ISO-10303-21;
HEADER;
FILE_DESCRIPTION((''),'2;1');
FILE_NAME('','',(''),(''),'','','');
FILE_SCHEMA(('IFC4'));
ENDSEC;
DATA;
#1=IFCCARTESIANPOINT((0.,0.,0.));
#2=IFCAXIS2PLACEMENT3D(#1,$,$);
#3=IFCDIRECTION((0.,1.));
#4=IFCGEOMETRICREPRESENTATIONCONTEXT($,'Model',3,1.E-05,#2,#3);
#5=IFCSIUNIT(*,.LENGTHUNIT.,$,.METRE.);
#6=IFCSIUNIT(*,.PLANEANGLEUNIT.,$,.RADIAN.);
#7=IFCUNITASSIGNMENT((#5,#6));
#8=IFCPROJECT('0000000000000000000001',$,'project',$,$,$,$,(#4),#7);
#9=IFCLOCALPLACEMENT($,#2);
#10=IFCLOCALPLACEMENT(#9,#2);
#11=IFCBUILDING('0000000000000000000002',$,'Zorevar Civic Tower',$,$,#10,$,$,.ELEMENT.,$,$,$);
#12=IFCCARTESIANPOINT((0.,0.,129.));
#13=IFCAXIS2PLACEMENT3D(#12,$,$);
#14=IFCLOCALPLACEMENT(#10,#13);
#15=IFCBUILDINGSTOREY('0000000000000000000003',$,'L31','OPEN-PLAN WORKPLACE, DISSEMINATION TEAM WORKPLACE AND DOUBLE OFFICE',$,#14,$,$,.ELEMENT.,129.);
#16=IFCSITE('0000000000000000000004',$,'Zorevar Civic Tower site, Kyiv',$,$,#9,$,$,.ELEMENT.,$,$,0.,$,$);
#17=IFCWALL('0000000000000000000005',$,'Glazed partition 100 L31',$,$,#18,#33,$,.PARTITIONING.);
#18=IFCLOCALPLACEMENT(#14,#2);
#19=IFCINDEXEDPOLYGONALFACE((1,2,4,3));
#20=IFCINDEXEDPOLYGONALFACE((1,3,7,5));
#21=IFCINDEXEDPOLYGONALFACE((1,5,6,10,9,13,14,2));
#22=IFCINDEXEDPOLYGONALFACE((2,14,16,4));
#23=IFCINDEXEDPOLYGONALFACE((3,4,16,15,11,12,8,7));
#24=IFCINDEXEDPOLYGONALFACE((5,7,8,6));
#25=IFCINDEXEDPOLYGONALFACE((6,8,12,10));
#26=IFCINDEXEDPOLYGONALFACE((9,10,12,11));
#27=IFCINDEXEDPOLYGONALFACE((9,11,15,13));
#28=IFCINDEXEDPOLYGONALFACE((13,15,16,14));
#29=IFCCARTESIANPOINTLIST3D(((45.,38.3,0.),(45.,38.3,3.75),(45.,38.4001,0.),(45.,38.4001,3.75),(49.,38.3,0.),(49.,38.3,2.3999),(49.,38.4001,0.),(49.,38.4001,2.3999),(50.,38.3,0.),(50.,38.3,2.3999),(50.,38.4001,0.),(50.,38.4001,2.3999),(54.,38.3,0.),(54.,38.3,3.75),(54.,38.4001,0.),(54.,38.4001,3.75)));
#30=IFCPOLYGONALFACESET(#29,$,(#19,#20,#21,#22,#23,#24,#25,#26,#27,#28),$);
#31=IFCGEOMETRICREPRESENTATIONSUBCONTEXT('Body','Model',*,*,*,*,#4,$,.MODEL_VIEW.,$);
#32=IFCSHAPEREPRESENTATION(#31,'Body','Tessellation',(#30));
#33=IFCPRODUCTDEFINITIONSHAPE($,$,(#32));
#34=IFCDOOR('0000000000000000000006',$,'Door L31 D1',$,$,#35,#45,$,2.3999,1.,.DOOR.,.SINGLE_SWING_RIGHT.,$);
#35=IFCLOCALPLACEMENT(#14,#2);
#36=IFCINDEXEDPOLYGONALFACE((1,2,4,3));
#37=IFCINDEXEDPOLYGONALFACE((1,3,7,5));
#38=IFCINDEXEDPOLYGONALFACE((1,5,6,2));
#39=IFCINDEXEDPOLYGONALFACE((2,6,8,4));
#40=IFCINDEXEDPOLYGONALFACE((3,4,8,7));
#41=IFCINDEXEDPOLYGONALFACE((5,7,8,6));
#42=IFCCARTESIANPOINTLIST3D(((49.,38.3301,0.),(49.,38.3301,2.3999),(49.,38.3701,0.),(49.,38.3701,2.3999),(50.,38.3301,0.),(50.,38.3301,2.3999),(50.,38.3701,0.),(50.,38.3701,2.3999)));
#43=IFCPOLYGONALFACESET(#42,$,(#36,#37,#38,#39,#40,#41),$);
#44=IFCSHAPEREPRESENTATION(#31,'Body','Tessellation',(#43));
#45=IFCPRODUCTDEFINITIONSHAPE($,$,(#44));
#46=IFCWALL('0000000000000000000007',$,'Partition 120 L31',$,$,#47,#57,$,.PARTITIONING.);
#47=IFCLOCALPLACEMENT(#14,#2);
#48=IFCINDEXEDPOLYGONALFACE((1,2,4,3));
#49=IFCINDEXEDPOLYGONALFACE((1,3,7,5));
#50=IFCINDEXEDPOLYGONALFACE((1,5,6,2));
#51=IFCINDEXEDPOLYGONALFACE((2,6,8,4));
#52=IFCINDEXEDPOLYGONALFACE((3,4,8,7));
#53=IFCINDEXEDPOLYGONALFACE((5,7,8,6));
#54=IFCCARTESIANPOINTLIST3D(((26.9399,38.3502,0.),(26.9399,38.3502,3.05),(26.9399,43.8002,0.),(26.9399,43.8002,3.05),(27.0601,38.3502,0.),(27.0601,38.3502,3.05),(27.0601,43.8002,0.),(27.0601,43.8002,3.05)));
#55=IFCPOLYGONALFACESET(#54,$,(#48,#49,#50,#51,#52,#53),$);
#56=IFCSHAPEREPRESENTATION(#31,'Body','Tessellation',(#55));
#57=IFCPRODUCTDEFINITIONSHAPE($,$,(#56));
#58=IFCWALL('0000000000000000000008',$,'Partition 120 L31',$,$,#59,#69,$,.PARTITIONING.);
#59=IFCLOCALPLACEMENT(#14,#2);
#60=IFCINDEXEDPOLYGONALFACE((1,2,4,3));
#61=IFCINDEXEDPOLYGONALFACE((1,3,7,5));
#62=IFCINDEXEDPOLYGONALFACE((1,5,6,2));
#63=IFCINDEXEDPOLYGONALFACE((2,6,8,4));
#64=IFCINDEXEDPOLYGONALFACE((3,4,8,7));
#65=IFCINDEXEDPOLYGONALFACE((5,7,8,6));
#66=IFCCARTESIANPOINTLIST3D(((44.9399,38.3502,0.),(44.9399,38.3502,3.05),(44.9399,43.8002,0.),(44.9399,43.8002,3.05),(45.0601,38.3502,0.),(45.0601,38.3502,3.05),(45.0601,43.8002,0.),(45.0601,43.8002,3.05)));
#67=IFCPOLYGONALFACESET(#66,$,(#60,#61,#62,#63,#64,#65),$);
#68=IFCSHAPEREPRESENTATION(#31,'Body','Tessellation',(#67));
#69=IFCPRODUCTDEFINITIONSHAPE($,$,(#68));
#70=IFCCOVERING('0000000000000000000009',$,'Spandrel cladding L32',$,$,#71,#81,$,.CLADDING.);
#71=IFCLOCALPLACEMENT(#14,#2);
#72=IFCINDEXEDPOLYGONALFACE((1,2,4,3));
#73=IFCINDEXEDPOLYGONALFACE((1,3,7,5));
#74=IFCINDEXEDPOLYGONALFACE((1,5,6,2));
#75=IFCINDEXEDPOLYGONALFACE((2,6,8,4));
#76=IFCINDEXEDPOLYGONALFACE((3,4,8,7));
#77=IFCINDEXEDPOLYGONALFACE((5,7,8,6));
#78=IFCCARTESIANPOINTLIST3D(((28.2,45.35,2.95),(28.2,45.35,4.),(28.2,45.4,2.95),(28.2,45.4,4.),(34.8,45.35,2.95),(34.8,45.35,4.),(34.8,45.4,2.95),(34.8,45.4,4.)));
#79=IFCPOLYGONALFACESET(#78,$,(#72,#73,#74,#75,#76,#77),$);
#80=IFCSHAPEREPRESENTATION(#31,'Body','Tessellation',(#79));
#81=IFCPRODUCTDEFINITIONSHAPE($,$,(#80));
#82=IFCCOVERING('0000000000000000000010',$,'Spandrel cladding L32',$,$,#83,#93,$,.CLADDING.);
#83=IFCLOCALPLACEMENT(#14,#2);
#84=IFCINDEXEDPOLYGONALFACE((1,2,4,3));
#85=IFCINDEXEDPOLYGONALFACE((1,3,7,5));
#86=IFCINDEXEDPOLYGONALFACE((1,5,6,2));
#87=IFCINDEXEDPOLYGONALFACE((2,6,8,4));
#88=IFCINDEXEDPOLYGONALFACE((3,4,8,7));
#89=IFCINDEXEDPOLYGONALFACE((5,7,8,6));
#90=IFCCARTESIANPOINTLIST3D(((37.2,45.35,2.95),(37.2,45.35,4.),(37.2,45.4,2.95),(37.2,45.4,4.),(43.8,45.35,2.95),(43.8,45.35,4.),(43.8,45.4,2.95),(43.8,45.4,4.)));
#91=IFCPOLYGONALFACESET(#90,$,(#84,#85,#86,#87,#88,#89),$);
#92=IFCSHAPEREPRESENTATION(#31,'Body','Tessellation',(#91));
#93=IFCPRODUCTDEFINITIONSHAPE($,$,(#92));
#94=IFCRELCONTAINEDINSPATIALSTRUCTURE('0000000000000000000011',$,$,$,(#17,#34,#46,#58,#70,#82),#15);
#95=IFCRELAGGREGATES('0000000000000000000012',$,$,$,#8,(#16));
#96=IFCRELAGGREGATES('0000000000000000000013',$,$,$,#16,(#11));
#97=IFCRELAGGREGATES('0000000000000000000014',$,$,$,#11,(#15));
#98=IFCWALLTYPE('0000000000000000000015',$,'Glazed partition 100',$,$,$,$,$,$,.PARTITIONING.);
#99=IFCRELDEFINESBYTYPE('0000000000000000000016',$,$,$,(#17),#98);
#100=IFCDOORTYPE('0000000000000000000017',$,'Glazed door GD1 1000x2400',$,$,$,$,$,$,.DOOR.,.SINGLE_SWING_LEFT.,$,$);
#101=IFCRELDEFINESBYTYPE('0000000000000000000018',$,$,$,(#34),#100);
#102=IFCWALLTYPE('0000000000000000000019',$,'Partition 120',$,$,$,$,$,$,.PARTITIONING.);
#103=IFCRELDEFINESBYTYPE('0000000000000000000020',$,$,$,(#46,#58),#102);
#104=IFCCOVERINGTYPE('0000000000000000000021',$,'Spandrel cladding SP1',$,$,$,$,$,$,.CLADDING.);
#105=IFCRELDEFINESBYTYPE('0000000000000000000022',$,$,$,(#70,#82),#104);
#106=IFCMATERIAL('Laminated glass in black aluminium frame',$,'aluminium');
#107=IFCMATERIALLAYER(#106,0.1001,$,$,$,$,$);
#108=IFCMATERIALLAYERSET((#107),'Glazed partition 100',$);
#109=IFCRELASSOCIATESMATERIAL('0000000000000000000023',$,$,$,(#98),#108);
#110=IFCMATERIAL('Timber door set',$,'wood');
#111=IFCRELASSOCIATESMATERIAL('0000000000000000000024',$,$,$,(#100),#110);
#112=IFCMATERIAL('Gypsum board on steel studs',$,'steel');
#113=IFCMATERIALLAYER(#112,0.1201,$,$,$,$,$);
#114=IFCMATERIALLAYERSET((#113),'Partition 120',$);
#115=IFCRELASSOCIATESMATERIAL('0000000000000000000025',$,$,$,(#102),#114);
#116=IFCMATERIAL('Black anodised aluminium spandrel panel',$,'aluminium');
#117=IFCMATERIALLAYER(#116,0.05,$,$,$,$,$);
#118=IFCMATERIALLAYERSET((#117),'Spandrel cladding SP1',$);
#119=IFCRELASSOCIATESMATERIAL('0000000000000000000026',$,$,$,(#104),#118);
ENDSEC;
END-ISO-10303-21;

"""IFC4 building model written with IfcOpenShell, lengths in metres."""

from ifc_helpers import new_model, si_unit, direction, frame, frame_2d, origin, place, context, subcontext, project, spatial, rectangle, extrude, material, layer, layer_set, type_object, element, fill, save


model = new_model("IFC4")

# Units and contexts
model_context = context("Model", 3, precision=1e-05, world=origin(), true_north=direction((0.0, 1.0)))
body_context = subcontext(model_context, "Body", "Model", "MODEL_VIEW")
ifc_project = project(units=[si_unit("LENGTHUNIT", "METRE"), si_unit("PLANEANGLEUNIT", "RADIAN")], contexts=[model_context])

# Site, building, storey
site_placement = place(None, origin())
site = spatial("IfcSite", under=ifc_project, at=site_placement, Name="Zorevar Civic Tower site, Kyiv", CompositionType="ELEMENT", RefElevation=0.0)
building_placement = place(site_placement, origin())
building = spatial("IfcBuilding", under=site, at=building_placement, Name="Zorevar Civic Tower", CompositionType="ELEMENT")
storey_placement = place(building_placement, frame((0.0, 0.0, 129.0)))
storey = spatial("IfcBuildingStorey", under=building, at=storey_placement, Name="L31", Description="OPEN-PLAN WORKPLACE, DISSEMINATION TEAM WORKPLACE AND DOUBLE OFFICE", CompositionType="ELEMENT", Elevation=129.0)

# Shared definitions
ifc_material_1 = material(Name="Laminated glass in black aluminium frame", Category="aluminium")
ifc_layer_1 = layer(ifc_material_1, 0.1001)
ifc_layer_set_1 = layer_set([ifc_layer_1], Name="Glazed partition 100")
wall_type_1 = type_object("IfcWallType", Name="Glazed partition 100", PredefinedType="PARTITIONING", material=ifc_layer_set_1)

# Wall, opening, door
wall_1_placement = place(storey_placement, frame((45.0, 38.3501, 0.0), z_axis=(0.0, 0.0, 1.0), x_axis=(1.0, 0.0, 0.0)))
wall_1 = element("IfcWall", 1, at=wall_1_placement, inside=storey, type_object=wall_type_1, Name="Glazed partition 100 L31", PredefinedType="PARTITIONING", context=body_context, shape_type="SweptSolid", body=[
    extrude(rectangle(XDim=9.0, YDim=0.1001, at=frame_2d((4.5, 0.0))), origin(), (0.0, 0.0, 1.0), 3.75),
])
opening_placement = place(wall_1_placement, frame((4.0, 0.0, 0.0)))
opening = element("IfcOpeningElement", 2, at=opening_placement, cuts=wall_1, PredefinedType="OPENING", context=body_context, shape_type="SweptSolid", body=[
    extrude(rectangle(XDim=1.0, YDim=2.3999, at=frame_2d((0.5, 1.2))), frame((0.0, 0.0601, 0.0), z_axis=(0.0, -1.0, 0.0), x_axis=(1.0, 0.0, 0.0)), (0.0, 0.0, 1.0), 0.1201),
])
ifc_material_2 = material(Name="Timber door set", Category="wood")
door_type = type_object("IfcDoorType", Name="Glazed door GD1 1000x2400", OperationType="SINGLE_SWING_LEFT", PredefinedType="DOOR", material=ifc_material_2)
door_placement = place(opening_placement, origin())
door = element("IfcDoor", 3, at=door_placement, inside=storey, type_object=door_type, Name="Door L31 D1", OperationType="SINGLE_SWING_RIGHT", OverallHeight=2.3999, OverallWidth=1.0, PredefinedType="DOOR", context=body_context, shape_type="SweptSolid", body=[
    extrude(rectangle(XDim=1.0, YDim=2.3999, at=frame_2d((0.5, 1.2))), frame((0.0, 0.02, 0.0), z_axis=(0.0, -1.0, 0.0), x_axis=(1.0, 0.0, 0.0)), (0.0, 0.0, 1.0), 0.04),
])
fill(opening, door)

# Walls
ifc_material_3 = material(Name="Gypsum board on steel studs", Category="steel")
ifc_layer_2 = layer(ifc_material_3, 0.1201)
ifc_layer_set_2 = layer_set([ifc_layer_2], Name="Partition 120")
wall_type_2 = type_object("IfcWallType", Name="Partition 120", PredefinedType="PARTITIONING", material=ifc_layer_set_2)
for number, where, z_axis, x_axis, name in (
    (4, (27.0, 38.3501, 0.0), (0.0, 0.0, 1.0), (0.0, 1.0, 0.0), "Partition 120 L31"),
    (5, (45.0, 38.3501, 0.0), (0.0, 0.0, 1.0), (0.0, 1.0, 0.0), "Partition 120 L31"),
):
    element("IfcWall", number, at=place(storey_placement, frame(where, z_axis=z_axis, x_axis=x_axis)), inside=storey, type_object=wall_type_2, Name=name, PredefinedType="PARTITIONING", context=body_context, shape_type="SweptSolid", body=[
        extrude(rectangle(XDim=5.45, YDim=0.1201, at=frame_2d((2.7251, 0.0))), origin(), (0.0, 0.0, 1.0), 3.05),
    ])

# Coverings
ifc_material_4 = material(Name="Black anodised aluminium spandrel panel", Category="aluminium")
ifc_layer_3 = layer(ifc_material_4, 0.05)
ifc_layer_set_3 = layer_set([ifc_layer_3], Name="Spandrel cladding SP1")
covering_type = type_object("IfcCoveringType", Name="Spandrel cladding SP1", PredefinedType="CLADDING", material=ifc_layer_set_3)
for number, where, z_axis, x_axis, name in (
    (6, (28.2, 45.375, 2.95), (0.0, 0.0, 1.0), (1.0, 0.0, 0.0), "Spandrel cladding L32"),
    (7, (37.2, 45.375, 2.95), (0.0, 0.0, 1.0), (1.0, 0.0, 0.0), "Spandrel cladding L32"),
):
    element("IfcCovering", number, at=place(storey_placement, frame(where, z_axis=z_axis, x_axis=x_axis)), inside=storey, type_object=covering_type, Name=name, PredefinedType="CLADDING", context=body_context, shape_type="SweptSolid", body=[
        extrude(rectangle(XDim=6.6001, YDim=0.05, at=frame_2d((3.3, 0.0))), origin(), (0.0, 0.0, 1.0), 1.05),
    ])

save(model, "model.ifc")
